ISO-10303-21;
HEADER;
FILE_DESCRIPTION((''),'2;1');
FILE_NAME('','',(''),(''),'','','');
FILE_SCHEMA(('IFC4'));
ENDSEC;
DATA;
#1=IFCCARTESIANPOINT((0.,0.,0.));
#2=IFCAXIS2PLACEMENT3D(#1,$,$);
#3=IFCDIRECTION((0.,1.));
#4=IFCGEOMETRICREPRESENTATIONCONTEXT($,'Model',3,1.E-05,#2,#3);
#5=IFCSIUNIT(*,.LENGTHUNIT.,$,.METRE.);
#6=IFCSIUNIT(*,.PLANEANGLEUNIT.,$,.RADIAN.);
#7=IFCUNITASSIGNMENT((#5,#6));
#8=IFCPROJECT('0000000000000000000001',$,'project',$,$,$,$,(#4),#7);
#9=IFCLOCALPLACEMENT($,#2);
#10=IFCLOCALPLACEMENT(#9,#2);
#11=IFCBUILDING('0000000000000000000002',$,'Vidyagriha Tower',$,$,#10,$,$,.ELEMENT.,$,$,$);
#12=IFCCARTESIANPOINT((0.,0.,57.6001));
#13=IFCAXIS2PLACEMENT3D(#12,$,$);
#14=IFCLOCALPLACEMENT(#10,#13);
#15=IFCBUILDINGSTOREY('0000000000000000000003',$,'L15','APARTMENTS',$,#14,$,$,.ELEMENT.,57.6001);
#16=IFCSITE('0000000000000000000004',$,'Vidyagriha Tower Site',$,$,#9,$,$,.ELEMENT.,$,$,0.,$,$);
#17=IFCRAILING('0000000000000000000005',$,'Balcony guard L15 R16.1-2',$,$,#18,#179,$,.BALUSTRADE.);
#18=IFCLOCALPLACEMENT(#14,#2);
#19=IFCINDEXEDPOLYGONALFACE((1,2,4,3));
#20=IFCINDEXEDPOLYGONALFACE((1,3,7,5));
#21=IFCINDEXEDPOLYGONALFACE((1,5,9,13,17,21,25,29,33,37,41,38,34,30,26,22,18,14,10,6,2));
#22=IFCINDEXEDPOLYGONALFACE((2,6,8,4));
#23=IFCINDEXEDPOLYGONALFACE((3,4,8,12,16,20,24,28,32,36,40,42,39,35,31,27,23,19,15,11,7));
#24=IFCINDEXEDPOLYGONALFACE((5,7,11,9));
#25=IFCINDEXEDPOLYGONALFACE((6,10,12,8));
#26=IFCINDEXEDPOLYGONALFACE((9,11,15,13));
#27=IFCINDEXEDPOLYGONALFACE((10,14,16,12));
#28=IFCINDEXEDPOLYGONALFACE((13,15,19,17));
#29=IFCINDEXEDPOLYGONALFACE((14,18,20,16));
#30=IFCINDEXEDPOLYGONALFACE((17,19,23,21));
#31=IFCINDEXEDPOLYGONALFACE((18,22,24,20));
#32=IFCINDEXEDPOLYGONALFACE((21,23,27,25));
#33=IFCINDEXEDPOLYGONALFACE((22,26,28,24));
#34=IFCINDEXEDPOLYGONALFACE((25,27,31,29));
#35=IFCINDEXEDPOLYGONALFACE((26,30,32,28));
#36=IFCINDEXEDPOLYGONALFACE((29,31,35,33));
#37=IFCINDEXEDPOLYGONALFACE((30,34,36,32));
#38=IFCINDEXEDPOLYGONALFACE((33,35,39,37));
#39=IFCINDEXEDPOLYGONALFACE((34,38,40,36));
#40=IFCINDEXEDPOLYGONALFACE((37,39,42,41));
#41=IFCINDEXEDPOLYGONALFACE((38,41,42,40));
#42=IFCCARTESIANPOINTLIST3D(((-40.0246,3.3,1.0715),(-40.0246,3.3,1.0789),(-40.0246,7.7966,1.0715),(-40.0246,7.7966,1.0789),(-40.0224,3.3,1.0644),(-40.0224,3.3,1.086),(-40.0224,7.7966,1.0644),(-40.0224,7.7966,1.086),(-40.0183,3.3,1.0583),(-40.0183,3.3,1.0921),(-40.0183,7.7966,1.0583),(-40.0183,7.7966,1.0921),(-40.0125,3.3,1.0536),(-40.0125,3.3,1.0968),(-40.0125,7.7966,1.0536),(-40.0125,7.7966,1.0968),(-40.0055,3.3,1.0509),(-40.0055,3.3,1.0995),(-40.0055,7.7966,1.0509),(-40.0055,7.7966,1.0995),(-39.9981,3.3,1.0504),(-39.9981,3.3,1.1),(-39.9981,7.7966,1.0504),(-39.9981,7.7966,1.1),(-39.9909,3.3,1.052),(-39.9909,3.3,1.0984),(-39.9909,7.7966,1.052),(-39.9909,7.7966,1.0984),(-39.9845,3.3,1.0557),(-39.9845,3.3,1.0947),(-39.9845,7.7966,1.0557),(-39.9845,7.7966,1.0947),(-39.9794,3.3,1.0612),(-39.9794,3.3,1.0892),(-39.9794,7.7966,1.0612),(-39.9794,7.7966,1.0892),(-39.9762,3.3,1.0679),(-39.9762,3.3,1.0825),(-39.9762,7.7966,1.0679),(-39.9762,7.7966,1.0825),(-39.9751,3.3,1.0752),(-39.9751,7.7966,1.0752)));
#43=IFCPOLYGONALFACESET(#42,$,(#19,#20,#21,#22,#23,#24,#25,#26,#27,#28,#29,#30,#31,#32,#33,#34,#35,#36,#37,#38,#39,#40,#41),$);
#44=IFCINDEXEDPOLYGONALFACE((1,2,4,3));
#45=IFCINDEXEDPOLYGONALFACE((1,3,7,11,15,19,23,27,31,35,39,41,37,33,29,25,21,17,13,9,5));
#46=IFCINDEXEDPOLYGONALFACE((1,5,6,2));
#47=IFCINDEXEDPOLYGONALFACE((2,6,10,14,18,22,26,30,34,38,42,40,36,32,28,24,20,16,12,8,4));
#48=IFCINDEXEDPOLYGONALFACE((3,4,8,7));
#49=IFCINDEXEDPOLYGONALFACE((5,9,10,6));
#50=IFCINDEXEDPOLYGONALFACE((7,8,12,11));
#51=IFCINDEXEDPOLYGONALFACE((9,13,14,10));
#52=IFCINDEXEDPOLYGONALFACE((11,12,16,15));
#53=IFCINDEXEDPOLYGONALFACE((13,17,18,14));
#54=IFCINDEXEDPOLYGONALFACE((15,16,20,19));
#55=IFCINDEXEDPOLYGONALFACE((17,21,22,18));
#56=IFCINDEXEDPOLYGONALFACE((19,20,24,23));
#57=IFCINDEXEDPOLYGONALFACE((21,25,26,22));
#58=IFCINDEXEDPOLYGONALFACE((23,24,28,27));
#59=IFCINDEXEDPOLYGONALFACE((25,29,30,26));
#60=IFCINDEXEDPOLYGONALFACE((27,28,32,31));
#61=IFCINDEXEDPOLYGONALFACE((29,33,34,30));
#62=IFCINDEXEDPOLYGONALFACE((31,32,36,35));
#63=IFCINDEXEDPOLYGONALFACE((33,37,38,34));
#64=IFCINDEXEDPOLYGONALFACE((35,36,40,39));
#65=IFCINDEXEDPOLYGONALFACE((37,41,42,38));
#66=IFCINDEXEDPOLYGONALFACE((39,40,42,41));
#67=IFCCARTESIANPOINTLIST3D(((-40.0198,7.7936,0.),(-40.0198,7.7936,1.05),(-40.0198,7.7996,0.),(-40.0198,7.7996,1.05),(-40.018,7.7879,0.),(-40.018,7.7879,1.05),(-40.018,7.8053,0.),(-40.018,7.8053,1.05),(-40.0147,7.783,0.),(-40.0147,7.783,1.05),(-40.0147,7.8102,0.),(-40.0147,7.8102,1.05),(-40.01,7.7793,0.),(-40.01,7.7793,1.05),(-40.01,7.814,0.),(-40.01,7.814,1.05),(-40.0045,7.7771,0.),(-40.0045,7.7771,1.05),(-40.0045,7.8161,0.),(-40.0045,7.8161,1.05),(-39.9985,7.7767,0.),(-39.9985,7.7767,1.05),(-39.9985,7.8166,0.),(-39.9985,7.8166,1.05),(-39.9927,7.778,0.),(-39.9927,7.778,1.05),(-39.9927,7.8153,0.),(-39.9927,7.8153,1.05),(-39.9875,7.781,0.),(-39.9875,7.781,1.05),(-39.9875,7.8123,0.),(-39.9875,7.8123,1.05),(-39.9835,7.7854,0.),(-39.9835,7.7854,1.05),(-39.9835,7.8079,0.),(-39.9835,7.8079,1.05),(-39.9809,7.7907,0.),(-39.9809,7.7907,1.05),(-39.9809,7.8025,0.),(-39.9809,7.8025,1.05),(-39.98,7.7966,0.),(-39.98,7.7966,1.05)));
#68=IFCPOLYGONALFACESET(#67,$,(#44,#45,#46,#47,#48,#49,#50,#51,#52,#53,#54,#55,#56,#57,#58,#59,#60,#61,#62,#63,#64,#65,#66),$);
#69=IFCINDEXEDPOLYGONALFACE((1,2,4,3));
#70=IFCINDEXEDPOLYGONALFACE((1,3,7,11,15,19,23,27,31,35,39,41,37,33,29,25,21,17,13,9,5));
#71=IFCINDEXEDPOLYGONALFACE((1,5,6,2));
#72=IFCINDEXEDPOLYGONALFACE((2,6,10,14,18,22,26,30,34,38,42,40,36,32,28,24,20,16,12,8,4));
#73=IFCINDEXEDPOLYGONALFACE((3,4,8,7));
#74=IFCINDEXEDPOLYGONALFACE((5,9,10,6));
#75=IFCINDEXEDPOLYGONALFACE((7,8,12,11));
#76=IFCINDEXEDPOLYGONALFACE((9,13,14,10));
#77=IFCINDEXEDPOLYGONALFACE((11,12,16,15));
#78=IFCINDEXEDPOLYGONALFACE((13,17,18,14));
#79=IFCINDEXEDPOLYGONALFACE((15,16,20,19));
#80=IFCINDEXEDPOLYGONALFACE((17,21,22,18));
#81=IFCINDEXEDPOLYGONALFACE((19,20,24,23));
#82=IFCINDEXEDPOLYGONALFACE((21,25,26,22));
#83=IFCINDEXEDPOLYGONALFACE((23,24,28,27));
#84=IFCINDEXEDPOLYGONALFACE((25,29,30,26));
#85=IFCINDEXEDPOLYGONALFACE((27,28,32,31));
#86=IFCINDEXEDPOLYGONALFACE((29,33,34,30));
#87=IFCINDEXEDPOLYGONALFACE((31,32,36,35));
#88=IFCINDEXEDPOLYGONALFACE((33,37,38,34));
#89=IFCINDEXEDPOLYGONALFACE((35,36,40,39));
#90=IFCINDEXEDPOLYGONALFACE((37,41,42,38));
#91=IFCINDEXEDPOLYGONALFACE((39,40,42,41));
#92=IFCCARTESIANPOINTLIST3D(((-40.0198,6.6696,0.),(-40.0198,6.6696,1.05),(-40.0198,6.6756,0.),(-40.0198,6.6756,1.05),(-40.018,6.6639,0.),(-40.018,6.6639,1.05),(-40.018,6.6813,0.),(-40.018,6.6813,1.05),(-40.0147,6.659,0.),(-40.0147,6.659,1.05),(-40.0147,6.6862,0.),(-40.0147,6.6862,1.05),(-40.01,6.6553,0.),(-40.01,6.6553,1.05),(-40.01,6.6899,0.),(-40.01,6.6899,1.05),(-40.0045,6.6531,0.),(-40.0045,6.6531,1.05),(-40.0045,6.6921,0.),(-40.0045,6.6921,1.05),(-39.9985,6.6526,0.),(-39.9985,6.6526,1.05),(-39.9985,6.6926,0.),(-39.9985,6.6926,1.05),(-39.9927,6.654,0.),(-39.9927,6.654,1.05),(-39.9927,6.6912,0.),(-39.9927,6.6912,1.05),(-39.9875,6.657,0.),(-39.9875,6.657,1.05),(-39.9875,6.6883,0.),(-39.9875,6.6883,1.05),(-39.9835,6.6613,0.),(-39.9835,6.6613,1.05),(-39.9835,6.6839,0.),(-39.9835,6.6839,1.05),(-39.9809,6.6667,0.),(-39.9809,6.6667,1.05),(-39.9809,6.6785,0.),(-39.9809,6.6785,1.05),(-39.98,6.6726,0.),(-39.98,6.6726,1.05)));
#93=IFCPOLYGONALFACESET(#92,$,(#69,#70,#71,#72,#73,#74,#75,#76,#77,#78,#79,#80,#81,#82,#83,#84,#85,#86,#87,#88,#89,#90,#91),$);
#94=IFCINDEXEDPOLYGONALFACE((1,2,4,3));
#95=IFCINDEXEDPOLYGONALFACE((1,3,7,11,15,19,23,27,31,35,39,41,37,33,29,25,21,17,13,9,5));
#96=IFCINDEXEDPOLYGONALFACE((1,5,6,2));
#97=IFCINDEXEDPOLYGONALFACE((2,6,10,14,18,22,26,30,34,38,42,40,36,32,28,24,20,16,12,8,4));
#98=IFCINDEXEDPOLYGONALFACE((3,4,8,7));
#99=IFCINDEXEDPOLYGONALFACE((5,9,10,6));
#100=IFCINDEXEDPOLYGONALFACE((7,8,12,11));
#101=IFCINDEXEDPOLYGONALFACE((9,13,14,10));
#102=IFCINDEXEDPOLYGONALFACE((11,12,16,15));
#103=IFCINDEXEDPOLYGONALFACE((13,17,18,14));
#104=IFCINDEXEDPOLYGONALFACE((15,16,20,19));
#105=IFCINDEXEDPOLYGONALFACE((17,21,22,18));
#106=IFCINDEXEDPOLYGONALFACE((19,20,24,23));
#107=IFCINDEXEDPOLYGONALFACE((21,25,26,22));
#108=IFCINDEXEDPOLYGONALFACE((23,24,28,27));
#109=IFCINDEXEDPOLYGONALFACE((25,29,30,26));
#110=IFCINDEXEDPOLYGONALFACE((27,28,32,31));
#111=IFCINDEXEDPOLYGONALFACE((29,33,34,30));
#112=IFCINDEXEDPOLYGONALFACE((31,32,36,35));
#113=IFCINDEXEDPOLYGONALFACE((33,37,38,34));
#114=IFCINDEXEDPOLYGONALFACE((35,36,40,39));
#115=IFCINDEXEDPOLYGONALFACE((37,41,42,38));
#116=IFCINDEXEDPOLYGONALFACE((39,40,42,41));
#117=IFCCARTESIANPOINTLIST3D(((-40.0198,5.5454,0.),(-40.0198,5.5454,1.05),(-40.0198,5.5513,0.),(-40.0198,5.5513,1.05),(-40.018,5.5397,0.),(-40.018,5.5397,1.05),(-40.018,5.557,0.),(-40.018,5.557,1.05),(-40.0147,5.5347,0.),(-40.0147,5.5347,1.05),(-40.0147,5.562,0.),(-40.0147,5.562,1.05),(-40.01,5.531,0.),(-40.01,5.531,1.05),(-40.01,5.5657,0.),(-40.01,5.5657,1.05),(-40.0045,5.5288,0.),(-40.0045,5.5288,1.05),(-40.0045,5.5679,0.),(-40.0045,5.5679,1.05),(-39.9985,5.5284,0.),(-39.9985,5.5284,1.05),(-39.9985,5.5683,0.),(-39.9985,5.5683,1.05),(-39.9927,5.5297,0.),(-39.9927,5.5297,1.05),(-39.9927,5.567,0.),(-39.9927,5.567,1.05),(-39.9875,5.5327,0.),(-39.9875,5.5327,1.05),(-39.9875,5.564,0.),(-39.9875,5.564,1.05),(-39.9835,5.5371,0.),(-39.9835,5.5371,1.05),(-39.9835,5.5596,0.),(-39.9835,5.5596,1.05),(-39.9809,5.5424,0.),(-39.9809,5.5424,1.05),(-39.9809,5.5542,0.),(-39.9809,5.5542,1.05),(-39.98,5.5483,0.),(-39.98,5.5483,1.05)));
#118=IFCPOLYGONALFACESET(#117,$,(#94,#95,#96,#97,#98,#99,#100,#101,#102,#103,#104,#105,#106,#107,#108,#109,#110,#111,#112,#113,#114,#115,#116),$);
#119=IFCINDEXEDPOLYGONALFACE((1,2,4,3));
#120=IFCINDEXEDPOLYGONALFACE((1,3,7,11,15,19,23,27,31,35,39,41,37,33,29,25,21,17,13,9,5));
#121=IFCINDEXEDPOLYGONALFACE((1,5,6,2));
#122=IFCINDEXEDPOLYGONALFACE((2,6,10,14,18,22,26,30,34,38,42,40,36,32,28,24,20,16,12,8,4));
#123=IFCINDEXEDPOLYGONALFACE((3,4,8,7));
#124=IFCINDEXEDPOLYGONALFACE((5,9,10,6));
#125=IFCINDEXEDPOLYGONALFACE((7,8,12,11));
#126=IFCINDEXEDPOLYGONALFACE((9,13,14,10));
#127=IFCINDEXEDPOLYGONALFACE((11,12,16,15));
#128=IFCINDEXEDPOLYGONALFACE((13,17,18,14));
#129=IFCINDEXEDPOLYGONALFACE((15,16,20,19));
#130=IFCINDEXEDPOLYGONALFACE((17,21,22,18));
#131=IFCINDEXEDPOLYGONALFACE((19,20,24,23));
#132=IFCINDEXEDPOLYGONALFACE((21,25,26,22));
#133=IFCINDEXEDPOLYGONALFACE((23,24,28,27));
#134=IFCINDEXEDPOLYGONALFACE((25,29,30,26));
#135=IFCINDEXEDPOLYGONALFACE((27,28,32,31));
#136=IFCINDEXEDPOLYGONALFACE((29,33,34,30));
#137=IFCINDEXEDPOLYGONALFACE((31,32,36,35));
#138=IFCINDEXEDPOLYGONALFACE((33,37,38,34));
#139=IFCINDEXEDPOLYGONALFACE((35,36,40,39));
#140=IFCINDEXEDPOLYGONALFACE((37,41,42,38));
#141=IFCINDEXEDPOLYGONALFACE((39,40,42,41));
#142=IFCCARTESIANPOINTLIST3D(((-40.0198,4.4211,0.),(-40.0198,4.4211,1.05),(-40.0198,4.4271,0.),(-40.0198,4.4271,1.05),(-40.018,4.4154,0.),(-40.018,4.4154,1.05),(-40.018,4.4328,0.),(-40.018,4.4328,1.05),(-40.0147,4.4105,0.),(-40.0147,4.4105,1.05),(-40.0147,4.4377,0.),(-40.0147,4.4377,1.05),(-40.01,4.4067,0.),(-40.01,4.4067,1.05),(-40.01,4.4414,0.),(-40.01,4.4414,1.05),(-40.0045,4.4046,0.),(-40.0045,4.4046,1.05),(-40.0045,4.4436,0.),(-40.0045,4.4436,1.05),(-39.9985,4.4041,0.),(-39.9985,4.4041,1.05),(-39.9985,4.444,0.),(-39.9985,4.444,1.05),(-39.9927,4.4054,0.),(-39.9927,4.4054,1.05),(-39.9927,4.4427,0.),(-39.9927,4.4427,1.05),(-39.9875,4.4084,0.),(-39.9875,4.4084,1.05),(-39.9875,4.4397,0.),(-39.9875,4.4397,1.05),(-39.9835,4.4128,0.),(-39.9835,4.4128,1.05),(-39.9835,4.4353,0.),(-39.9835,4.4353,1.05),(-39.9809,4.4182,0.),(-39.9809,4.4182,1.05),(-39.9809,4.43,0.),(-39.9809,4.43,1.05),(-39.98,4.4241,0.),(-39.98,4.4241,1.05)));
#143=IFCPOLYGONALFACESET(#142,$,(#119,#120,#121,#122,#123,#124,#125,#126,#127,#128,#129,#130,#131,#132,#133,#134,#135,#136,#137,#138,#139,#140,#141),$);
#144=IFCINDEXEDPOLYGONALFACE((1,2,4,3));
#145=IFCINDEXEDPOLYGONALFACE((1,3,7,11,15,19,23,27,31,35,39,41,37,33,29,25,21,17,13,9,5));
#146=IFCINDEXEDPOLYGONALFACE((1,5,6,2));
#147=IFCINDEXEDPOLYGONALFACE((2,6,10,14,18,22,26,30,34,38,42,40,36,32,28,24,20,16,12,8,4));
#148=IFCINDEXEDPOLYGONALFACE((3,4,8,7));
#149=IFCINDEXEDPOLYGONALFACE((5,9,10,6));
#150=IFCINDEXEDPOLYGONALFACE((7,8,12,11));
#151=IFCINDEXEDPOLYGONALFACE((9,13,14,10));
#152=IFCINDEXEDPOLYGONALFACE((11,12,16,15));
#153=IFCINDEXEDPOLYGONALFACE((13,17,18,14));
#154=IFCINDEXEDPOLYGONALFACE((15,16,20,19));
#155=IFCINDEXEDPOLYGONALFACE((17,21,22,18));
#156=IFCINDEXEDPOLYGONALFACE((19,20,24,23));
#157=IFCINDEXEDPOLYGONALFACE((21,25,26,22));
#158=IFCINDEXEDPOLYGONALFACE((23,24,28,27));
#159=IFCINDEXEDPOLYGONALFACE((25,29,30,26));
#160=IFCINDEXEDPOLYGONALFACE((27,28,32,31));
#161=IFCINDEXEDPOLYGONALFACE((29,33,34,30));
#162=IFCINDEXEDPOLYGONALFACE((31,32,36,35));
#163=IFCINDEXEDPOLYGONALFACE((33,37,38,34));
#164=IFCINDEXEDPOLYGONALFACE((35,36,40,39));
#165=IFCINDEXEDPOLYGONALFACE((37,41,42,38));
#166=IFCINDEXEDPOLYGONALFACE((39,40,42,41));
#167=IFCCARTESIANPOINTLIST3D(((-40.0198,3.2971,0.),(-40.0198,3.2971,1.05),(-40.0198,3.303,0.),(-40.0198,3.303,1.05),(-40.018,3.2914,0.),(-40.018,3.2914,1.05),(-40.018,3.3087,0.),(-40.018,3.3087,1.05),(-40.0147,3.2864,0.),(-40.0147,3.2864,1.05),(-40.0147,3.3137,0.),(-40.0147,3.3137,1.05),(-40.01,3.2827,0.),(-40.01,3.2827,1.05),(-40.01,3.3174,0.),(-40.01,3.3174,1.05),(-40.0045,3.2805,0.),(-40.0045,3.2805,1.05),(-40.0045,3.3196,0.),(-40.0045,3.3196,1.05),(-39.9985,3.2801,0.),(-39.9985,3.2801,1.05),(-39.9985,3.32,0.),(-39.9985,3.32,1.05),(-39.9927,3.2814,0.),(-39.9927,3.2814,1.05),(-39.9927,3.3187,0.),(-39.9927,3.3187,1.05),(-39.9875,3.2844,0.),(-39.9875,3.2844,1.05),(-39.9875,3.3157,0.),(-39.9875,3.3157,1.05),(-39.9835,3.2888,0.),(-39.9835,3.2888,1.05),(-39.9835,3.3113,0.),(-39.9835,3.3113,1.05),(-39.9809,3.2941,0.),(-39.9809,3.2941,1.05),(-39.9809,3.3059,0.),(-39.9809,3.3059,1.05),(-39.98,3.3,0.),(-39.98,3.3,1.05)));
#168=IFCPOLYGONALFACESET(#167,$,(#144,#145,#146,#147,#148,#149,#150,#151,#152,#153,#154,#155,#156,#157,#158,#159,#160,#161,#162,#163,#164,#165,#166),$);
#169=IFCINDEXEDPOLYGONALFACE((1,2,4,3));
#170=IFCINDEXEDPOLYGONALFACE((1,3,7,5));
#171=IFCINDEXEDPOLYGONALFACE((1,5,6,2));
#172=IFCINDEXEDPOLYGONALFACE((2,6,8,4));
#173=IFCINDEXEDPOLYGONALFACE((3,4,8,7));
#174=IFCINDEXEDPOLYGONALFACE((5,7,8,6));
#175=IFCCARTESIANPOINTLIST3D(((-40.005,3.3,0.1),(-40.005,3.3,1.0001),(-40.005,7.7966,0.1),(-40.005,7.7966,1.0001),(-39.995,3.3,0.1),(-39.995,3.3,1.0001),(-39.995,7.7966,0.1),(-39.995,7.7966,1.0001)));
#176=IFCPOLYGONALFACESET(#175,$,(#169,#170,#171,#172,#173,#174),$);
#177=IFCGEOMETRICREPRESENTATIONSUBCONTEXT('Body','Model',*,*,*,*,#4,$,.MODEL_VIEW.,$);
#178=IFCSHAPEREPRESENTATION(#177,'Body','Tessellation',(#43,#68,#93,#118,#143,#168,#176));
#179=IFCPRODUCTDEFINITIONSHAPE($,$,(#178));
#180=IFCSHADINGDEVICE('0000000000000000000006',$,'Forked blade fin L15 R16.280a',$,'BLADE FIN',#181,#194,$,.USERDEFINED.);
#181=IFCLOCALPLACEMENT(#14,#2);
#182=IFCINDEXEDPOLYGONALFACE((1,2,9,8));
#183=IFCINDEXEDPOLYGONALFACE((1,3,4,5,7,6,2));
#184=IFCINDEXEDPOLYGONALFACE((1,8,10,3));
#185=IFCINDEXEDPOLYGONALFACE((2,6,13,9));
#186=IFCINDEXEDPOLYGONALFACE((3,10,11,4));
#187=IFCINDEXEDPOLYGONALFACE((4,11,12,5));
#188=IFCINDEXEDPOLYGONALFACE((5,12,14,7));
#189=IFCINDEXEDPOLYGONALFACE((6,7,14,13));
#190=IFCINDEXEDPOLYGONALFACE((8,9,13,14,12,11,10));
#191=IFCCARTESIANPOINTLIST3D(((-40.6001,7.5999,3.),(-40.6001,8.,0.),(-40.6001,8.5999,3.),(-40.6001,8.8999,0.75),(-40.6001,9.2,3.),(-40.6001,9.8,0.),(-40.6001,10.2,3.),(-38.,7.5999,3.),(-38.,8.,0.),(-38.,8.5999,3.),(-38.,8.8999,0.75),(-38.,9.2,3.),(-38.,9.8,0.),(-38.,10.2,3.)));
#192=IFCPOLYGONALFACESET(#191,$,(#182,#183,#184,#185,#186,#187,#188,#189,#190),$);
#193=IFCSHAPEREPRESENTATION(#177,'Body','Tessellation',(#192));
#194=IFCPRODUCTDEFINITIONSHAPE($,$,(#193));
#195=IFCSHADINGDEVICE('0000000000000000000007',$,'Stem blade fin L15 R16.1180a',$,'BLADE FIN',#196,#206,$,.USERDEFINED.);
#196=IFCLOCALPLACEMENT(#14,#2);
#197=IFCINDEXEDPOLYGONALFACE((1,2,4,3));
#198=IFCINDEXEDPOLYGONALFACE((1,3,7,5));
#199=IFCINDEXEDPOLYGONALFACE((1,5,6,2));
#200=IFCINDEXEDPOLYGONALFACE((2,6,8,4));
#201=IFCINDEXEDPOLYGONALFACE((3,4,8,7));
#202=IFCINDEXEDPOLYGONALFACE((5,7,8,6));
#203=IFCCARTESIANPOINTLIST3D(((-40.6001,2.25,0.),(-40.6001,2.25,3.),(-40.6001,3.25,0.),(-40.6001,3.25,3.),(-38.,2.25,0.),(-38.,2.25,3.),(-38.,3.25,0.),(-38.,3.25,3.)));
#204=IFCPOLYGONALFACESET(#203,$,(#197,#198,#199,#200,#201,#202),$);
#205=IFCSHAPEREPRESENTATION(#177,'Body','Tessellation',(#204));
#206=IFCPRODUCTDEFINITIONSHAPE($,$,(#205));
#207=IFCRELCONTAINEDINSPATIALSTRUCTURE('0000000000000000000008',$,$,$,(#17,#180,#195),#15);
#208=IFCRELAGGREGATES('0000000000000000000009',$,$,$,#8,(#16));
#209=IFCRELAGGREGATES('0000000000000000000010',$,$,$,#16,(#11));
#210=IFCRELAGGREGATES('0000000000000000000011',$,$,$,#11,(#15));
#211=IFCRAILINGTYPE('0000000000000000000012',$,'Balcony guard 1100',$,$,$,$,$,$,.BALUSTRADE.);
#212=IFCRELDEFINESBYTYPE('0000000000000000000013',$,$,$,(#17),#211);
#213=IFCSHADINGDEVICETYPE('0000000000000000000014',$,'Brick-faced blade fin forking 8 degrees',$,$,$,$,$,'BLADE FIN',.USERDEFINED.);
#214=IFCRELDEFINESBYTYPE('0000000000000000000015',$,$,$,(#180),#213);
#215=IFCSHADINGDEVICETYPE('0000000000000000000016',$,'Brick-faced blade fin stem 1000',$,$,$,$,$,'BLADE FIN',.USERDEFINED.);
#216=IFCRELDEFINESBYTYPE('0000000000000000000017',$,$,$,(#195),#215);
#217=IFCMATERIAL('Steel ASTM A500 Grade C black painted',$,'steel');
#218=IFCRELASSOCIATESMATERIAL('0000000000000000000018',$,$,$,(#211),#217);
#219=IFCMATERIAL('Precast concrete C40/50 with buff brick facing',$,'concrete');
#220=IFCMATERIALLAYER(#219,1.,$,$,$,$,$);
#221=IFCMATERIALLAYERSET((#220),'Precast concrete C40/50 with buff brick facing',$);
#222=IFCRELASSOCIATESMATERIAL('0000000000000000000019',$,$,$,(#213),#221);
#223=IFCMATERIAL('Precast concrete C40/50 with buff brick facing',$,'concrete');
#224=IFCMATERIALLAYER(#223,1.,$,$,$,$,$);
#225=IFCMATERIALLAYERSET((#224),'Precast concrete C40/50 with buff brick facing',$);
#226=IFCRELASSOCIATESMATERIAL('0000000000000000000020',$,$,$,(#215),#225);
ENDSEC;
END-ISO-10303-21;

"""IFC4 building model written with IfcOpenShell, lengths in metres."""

from ifc_helpers import new_model, si_unit, direction, frame, origin, origin_2d, place, context, subcontext, project, spatial, polyline, rectangle, circle, outline, extrude, material, layer, layer_set, type_object, element, save


model = new_model("IFC4")

# Units and contexts
model_context = context("Model", 3, precision=1e-05, world=origin(), true_north=direction((0.0, 1.0)))
body_context = subcontext(model_context, "Body", "Model", "MODEL_VIEW")
ifc_project = project(units=[si_unit("LENGTHUNIT", "METRE"), si_unit("PLANEANGLEUNIT", "RADIAN")], contexts=[model_context])

# Site, building, storey
site_placement = place(None, origin())
site = spatial("IfcSite", under=ifc_project, at=site_placement, Name="Vidyagriha Tower Site", CompositionType="ELEMENT", RefElevation=0.0)
building_placement = place(site_placement, origin())
building = spatial("IfcBuilding", under=site, at=building_placement, Name="Vidyagriha Tower", CompositionType="ELEMENT")
storey_placement = place(building_placement, frame((0.0, 0.0, 57.6001)))
storey = spatial("IfcBuildingStorey", under=building, at=storey_placement, Name="L15", Description="APARTMENTS", CompositionType="ELEMENT", Elevation=57.6001)

# Railing
ifc_material_1 = material(Name="Steel ASTM A500 Grade C black painted", Category="steel")
railing_type = type_object("IfcRailingType", Name="Balcony guard 1100", PredefinedType="BALUSTRADE", material=ifc_material_1)
railing_1_placement = place(storey_placement, frame((-40.0, 7.7966, 0.0)))
element("IfcRailing", 1, at=railing_1_placement, inside=storey, type_object=railing_type, Name="Balcony guard L15 R16.1-2", PredefinedType="BALUSTRADE", context=body_context, shape_type="SweptSolid", body=[
    extrude(circle(Radius=0.0249, at=origin_2d()), frame((0.0, 0.0, 1.0752), z_axis=(0.0, -1.0, 0.0), x_axis=(1.0, 0.0, 0.0)), (0.0, 0.0, 1.0), 4.4966),
    extrude(circle(Radius=0.02, at=origin_2d()), origin(), (0.0, 0.0, 1.0), 1.05),
    extrude(circle(Radius=0.02, at=origin_2d()), frame((0.0, -1.124, 0.0)), (0.0, 0.0, 1.0), 1.05),
    extrude(circle(Radius=0.02, at=origin_2d()), frame((0.0, -2.2483, 0.0)), (0.0, 0.0, 1.0), 1.05),
    extrude(circle(Radius=0.02, at=origin_2d()), frame((0.0, -3.3726, 0.0)), (0.0, 0.0, 1.0), 1.05),
    extrude(circle(Radius=0.02, at=origin_2d()), frame((0.0, -4.4966, 0.0)), (0.0, 0.0, 1.0), 1.05),
    extrude(rectangle(XDim=0.01, YDim=0.9001, at=origin_2d()), frame((0.0, 0.0, 0.55), z_axis=(0.0, -1.0, 0.0), x_axis=(1.0, 0.0, 0.0)), (0.0, 0.0, 1.0), 4.4966),
])

# Shading devices
ifc_material_2 = material(Name="Precast concrete C40/50 with buff brick facing", Category="concrete")
ifc_layer_1 = layer(ifc_material_2, 1.0)
ifc_layer_set_1 = layer_set([ifc_layer_1], Name="Precast concrete C40/50 with buff brick facing")
shading_device_type_1 = type_object("IfcShadingDeviceType", Name="Brick-faced blade fin forking 8 degrees", ElementType="BLADE FIN", PredefinedType="USERDEFINED", material=ifc_layer_set_1)
shading_device_1_placement = place(storey_placement, frame((-39.3, 10.2, 0.0), z_axis=(0.0, 0.0, 1.0), x_axis=(0.0, -1.0, 0.0)))
element("IfcShadingDevice", 2, at=shading_device_1_placement, inside=storey, type_object=shading_device_type_1, Name="Forked blade fin L15 R16.280a", ObjectType="BLADE FIN", PredefinedType="USERDEFINED", context=body_context, shape_type="SweptSolid", body=[
    extrude(outline(polyline([(0.3999, 0.0), (2.2, 0.0), (2.6001, 3.0), (1.6001, 3.0), (1.3, 0.75), (1.0, 3.0), (0.0, 3.0), (0.3999, 0.0)])), frame((0.0, 1.3, 0.0), z_axis=(0.0, -1.0, 0.0), x_axis=(1.0, 0.0, 0.0)), (0.0, 0.0, 1.0), 2.6001),
])
ifc_material_3 = material(Name="Precast concrete C40/50 with buff brick facing", Category="concrete")
ifc_layer_2 = layer(ifc_material_3, 1.0)
ifc_layer_set_2 = layer_set([ifc_layer_2], Name="Precast concrete C40/50 with buff brick facing")
shading_device_type_2 = type_object("IfcShadingDeviceType", Name="Brick-faced blade fin stem 1000", ElementType="BLADE FIN", PredefinedType="USERDEFINED", material=ifc_layer_set_2)
shading_device_2_placement = place(storey_placement, frame((-39.3, 3.25, 0.0), z_axis=(0.0, 0.0, 1.0), x_axis=(0.0, -1.0, 0.0)))
element("IfcShadingDevice", 3, at=shading_device_2_placement, inside=storey, type_object=shading_device_type_2, Name="Stem blade fin L15 R16.1180a", ObjectType="BLADE FIN", PredefinedType="USERDEFINED", context=body_context, shape_type="SweptSolid", body=[
    extrude(outline(polyline([(0.0, 0.0), (1.0, 0.0), (1.0, 3.0), (0.0, 3.0), (0.0, 0.0)])), frame((0.0, 1.3, 0.0), z_axis=(0.0, -1.0, 0.0), x_axis=(1.0, 0.0, 0.0)), (0.0, 0.0, 1.0), 2.6001),
])

save(model, "model.ifc")
